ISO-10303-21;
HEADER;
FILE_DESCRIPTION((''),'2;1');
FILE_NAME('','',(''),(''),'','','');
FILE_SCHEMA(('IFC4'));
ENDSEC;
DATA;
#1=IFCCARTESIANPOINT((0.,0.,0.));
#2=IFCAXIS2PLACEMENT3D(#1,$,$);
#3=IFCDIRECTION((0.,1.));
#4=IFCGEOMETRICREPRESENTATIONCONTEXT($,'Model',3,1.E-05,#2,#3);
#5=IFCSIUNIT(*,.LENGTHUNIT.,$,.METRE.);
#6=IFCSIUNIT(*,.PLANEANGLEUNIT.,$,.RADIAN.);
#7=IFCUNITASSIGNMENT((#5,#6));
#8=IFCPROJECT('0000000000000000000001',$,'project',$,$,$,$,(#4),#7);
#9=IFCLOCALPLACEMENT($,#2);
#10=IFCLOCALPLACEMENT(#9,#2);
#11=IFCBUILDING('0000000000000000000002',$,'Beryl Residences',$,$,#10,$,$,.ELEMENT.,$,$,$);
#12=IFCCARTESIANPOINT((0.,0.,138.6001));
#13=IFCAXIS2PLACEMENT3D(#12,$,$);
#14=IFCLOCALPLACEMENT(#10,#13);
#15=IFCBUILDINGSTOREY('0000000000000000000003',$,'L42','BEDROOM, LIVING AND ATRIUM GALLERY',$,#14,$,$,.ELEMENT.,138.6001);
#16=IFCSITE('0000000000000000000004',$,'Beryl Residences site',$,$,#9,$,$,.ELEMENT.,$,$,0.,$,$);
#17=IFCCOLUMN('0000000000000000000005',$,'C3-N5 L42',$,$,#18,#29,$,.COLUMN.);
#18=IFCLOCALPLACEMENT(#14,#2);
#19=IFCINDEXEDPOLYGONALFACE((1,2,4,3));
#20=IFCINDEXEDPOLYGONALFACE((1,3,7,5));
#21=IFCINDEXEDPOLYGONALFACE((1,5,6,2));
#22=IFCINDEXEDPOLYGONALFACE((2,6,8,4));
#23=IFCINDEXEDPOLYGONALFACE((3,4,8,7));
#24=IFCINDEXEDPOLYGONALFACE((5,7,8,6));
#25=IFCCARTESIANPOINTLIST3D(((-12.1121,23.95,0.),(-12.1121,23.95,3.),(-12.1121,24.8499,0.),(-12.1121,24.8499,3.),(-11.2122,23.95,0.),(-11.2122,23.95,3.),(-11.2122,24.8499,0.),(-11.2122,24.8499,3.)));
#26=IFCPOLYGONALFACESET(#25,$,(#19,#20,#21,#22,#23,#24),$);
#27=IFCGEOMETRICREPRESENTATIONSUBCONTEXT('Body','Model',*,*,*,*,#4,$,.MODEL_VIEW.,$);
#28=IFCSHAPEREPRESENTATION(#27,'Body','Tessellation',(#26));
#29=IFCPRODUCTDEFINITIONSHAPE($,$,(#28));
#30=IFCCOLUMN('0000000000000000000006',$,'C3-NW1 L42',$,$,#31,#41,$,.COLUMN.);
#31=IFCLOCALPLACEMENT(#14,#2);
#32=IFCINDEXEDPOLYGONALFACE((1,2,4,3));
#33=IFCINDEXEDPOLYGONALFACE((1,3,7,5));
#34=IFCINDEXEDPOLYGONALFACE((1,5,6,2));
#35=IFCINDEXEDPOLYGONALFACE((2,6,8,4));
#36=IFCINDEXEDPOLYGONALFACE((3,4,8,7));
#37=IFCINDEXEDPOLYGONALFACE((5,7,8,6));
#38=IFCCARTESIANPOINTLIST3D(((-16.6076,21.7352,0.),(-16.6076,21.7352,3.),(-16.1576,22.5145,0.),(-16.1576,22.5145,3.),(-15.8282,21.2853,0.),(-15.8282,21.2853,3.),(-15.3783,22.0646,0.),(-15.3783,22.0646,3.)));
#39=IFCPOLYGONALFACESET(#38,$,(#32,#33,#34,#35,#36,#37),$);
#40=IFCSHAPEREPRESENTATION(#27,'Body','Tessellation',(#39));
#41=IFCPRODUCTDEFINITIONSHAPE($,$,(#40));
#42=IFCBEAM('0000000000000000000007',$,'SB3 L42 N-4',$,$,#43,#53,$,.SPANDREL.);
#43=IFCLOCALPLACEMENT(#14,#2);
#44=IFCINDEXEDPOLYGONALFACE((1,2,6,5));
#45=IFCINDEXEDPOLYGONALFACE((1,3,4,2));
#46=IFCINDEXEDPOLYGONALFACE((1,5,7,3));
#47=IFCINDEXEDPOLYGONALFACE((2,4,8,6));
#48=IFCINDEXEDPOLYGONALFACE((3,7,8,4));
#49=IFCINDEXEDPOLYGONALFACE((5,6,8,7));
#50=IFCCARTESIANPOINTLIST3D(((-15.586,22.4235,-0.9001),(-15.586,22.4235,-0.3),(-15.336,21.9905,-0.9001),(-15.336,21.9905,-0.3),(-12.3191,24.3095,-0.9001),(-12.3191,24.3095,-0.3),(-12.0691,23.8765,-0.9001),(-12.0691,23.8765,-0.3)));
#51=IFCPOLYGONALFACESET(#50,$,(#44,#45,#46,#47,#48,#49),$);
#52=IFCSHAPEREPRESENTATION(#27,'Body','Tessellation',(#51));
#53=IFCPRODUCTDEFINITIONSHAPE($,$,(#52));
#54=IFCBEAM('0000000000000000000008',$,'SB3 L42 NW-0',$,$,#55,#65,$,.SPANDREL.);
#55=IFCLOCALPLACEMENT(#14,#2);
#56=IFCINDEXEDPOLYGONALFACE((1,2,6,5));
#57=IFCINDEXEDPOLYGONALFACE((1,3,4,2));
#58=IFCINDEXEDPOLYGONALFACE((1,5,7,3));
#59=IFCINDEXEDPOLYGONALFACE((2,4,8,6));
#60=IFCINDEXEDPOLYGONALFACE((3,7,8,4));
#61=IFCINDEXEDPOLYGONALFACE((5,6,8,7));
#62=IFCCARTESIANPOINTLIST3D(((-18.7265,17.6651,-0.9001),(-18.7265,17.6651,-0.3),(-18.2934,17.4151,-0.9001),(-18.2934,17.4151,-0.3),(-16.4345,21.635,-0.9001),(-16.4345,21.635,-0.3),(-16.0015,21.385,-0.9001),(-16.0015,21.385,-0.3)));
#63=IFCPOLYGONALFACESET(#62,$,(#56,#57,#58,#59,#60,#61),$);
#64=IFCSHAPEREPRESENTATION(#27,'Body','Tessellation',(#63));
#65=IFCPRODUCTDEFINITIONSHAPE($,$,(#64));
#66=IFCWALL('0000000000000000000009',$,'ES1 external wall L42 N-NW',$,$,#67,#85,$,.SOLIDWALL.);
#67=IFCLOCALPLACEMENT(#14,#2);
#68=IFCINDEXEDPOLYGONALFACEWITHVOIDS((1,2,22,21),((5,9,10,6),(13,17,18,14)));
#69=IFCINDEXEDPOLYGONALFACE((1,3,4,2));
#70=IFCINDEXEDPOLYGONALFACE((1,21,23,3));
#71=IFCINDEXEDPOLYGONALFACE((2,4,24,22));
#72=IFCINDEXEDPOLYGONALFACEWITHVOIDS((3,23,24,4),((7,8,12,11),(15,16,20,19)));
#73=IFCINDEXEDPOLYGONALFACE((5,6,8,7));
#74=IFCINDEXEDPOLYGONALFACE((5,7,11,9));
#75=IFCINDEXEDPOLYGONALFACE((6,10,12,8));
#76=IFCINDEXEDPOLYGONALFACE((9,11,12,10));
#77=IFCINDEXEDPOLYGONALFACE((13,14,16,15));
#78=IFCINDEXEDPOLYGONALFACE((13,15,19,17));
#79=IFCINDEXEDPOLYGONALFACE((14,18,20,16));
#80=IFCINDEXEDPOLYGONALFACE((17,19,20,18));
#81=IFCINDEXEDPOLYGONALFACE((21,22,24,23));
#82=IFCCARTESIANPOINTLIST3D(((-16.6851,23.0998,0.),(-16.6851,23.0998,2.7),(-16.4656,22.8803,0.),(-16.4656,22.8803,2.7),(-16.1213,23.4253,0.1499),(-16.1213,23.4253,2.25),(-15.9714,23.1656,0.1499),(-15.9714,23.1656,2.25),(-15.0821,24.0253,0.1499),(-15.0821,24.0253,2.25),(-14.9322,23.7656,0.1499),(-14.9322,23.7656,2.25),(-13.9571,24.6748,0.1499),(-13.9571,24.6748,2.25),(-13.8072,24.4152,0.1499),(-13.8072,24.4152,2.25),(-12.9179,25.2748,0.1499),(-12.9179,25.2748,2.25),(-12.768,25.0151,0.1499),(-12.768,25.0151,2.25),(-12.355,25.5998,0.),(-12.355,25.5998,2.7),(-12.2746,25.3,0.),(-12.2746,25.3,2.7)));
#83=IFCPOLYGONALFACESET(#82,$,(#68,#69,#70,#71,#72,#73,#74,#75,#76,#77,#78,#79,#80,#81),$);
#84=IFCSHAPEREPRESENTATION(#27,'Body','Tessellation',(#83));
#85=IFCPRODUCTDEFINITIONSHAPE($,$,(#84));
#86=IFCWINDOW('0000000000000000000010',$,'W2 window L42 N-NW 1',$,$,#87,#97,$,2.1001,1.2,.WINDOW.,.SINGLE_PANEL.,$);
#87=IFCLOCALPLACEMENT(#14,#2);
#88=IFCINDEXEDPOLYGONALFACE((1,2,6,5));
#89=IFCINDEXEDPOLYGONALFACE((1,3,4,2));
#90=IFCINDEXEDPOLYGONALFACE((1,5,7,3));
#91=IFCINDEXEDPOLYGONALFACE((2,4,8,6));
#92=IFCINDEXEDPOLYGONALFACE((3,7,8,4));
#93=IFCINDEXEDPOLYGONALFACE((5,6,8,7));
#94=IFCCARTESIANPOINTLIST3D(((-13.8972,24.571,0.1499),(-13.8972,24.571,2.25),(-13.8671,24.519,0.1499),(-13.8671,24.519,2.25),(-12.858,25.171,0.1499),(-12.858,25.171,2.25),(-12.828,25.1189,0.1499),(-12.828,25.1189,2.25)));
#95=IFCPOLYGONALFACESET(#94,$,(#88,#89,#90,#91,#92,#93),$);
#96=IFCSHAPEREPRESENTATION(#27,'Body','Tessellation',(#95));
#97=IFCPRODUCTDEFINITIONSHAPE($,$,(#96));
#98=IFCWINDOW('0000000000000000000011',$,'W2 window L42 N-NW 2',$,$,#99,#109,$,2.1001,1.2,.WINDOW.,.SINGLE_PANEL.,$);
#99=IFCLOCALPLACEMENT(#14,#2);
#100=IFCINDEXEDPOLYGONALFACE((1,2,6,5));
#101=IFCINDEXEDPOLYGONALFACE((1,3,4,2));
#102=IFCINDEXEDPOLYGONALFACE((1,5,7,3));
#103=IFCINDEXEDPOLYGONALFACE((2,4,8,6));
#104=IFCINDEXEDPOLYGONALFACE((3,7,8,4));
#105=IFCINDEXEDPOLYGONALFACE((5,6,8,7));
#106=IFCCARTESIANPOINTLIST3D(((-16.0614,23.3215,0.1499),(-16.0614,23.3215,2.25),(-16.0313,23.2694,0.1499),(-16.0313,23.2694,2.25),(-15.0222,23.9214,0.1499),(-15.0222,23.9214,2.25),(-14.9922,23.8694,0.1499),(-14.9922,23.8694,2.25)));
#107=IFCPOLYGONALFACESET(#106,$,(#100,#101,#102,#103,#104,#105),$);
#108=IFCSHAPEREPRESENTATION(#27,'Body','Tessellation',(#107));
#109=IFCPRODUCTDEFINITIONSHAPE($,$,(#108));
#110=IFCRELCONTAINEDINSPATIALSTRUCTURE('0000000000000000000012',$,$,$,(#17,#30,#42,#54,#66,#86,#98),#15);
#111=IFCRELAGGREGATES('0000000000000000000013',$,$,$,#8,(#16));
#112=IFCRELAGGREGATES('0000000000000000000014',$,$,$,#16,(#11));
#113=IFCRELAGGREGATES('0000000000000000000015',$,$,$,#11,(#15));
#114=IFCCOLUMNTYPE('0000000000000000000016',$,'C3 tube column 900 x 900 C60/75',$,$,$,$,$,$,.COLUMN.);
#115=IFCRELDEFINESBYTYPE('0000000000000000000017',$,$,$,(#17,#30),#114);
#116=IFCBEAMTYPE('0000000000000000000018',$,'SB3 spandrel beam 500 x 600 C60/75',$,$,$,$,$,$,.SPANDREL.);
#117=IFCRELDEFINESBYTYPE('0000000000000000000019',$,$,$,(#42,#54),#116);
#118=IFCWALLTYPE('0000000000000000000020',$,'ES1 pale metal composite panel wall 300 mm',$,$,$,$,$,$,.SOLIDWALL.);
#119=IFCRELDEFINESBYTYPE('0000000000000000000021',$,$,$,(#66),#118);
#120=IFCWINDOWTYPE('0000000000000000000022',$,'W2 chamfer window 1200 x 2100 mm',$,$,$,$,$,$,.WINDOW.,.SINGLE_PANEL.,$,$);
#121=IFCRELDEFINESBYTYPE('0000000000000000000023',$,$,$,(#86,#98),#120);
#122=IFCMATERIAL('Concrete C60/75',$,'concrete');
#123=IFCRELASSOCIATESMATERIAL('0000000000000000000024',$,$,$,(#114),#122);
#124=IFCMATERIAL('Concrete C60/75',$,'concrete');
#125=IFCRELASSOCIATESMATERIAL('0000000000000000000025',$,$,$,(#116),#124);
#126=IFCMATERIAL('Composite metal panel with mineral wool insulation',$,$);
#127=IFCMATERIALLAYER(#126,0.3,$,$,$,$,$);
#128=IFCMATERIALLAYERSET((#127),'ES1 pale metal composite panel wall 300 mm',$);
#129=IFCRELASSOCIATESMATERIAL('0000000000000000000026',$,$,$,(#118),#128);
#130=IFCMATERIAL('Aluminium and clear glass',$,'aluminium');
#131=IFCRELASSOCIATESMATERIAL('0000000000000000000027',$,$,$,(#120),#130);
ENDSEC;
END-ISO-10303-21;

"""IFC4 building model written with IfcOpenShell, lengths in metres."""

from ifc_helpers import new_model, si_unit, direction, frame, frame_2d, origin, origin_2d, place, context, subcontext, project, spatial, polyline, rectangle, outline, extrude, material, layer, layer_set, material_profile, profile_set, type_object, element, fill, save


model = new_model("IFC4")

# Units and contexts
model_context = context("Model", 3, precision=1e-05, world=origin(), true_north=direction((0.0, 1.0)))
body_context = subcontext(model_context, "Body", "Model", "MODEL_VIEW")
ifc_project = project(units=[si_unit("LENGTHUNIT", "METRE"), si_unit("PLANEANGLEUNIT", "RADIAN")], contexts=[model_context])

# Site, building, storey
site_placement = place(None, origin())
site = spatial("IfcSite", under=ifc_project, at=site_placement, Name="Beryl Residences site", CompositionType="ELEMENT", RefElevation=0.0)
building_placement = place(site_placement, origin())
building = spatial("IfcBuilding", under=site, at=building_placement, Name="Beryl Residences", CompositionType="ELEMENT")
storey_placement = place(building_placement, frame((0.0, 0.0, 138.6001)))
storey = spatial("IfcBuildingStorey", under=building, at=storey_placement, Name="L42", Description="BEDROOM, LIVING AND ATRIUM GALLERY", CompositionType="ELEMENT", Elevation=138.6001)

# Columns
ifc_material_1 = material(Name="Concrete C60/75", Category="concrete")
ifc_material_profile_1 = material_profile(ifc_material_1, rectangle(XDim=0.8999, YDim=0.8999, at=origin_2d()))
ifc_profile_set_1 = profile_set([ifc_material_profile_1], Name="Concrete C60/75")
column_type = type_object("IfcColumnType", Name="C3 tube column 900 x 900 C60/75", PredefinedType="COLUMN", material=ifc_profile_set_1)
for number, where, z_axis, x_axis, name in (
    (1, (-11.6621, 24.3999, 0.0), (0.0, 0.0, 1.0), (-1.0, 0.0, 0.0), "C3-N5 L42"),
    (2, (-15.9929, 21.8999, 0.0), (0.0, 0.0, 1.0), (-0.5, -0.866025, 0.0), "C3-NW1 L42"),
):
    element("IfcColumn", number, at=place(storey_placement, frame(where, z_axis=z_axis, x_axis=x_axis)), inside=storey, type_object=column_type, Name=name, PredefinedType="COLUMN", context=body_context, shape_type="SweptSolid", body=[
        extrude(rectangle(XDim=0.8999, YDim=0.8999, at=origin_2d()), origin(), (0.0, 0.0, 1.0), 3.0),
    ])

# Beams
ifc_material_2 = material(Name="Concrete C60/75", Category="concrete")
ifc_material_profile_2 = material_profile(ifc_material_2, rectangle(XDim=0.5, YDim=0.6001, at=origin_2d()))
ifc_profile_set_2 = profile_set([ifc_material_profile_2], Name="Concrete C60/75")
beam_type = type_object("IfcBeamType", Name="SB3 spandrel beam 500 x 600 C60/75", PredefinedType="SPANDREL", material=ifc_profile_set_2)
beam_1_placement = place(storey_placement, frame((-12.1941, 24.093, -0.6001), z_axis=(-0.86604, -0.499975, 0.0), x_axis=(0.499975, -0.86604, 0.0)))
element("IfcBeam", 3, at=beam_1_placement, inside=storey, type_object=beam_type, Name="SB3 L42 N-4", PredefinedType="SPANDREL", context=body_context, shape_type="SweptSolid", body=[
    extrude(rectangle(XDim=0.5, YDim=0.6001, at=origin_2d()), origin(), (0.0, 0.0, 1.0), 3.7722),
])
beam_2_placement = place(storey_placement, frame((-16.218, 21.51, -0.6001), z_axis=(-0.499988, -0.866032, 0.0), x_axis=(0.866032, -0.499988, 0.0)))
element("IfcBeam", 4, at=beam_2_placement, inside=storey, type_object=beam_type, Name="SB3 L42 NW-0", PredefinedType="SPANDREL", context=body_context, shape_type="SweptSolid", body=[
    extrude(rectangle(XDim=0.5, YDim=0.6001, at=origin_2d()), origin(), (0.0, 0.0, 1.0), 4.584),
])

# Wall, openings, windows
ifc_material_3 = material(Name="Composite metal panel with mineral wool insulation")
ifc_layer_1 = layer(ifc_material_3, 0.3)
ifc_layer_set_1 = layer_set([ifc_layer_1], Name="ES1 pale metal composite panel wall 300 mm")
wall_type_1 = type_object("IfcWallType", Name="ES1 pale metal composite panel wall 300 mm", PredefinedType="SOLIDWALL", material=ifc_layer_set_1)
wall_1_placement = place(storey_placement, frame((-12.28, 25.47, 0.0), z_axis=(0.0, 0.0, 1.0), x_axis=(-0.866023, -0.500004, 0.0)))
wall_1 = element("IfcWall", 5, at=wall_1_placement, inside=storey, type_object=wall_type_1, Name="ES1 external wall L42 N-NW", PredefinedType="SOLIDWALL", context=body_context, shape_type="SweptSolid", body=[
    extrude(outline(polyline([(0.0, -0.1499), (5.0, -0.1499), (4.9197, 0.1499), (0.0803, 0.1499), (0.0, -0.1499)])), origin(), (0.0, 0.0, 1.0), 2.7),
])
opening_1_placement = place(wall_1_placement, frame((0.6499, 0.0, 0.1499)))
opening_1 = element("IfcOpeningElement", 6, at=opening_1_placement, cuts=wall_1, PredefinedType="OPENING", context=body_context, shape_type="SweptSolid", body=[
    extrude(rectangle(XDim=1.2, YDim=2.1001, at=frame_2d((0.6001, 1.05))), frame((0.0, 0.1599, 0.0), z_axis=(0.0, -1.0, 0.0), x_axis=(1.0, 0.0, 0.0)), (0.0, 0.0, 1.0), 0.3201),
])
opening_2_placement = place(wall_1_placement, frame((3.1489, 0.0, 0.1499)))
opening_2 = element("IfcOpeningElement", 7, at=opening_2_placement, cuts=wall_1, PredefinedType="OPENING", context=body_context, shape_type="SweptSolid", body=[
    extrude(rectangle(XDim=1.2, YDim=2.1001, at=frame_2d((0.6001, 1.05))), frame((0.0, 0.1599, 0.0), z_axis=(0.0, -1.0, 0.0), x_axis=(1.0, 0.0, 0.0)), (0.0, 0.0, 1.0), 0.3201),
])
ifc_material_4 = material(Name="Aluminium and clear glass", Category="aluminium")
window_type_1 = type_object("IfcWindowType", Name="W2 chamfer window 1200 x 2100 mm", PartitioningType="SINGLE_PANEL", PredefinedType="WINDOW", material=ifc_material_4)
window_1_placement = place(opening_1_placement, origin())
window_1 = element("IfcWindow", 8, at=window_1_placement, inside=storey, type_object=window_type_1, Name="W2 window L42 N-NW 1", OverallHeight=2.1001, OverallWidth=1.2, PartitioningType="SINGLE_PANEL", PredefinedType="WINDOW", context=body_context, shape_type="SweptSolid", body=[
    extrude(rectangle(XDim=1.2, YDim=2.1001, at=frame_2d((0.6001, 1.05))), frame((0.0, 0.03, 0.0), z_axis=(0.0, -1.0, 0.0), x_axis=(1.0, 0.0, 0.0)), (0.0, 0.0, 1.0), 0.0601),
])
fill(opening_1, window_1)
window_2_placement = place(opening_2_placement, origin())
window_2 = element("IfcWindow", 9, at=window_2_placement, inside=storey, type_object=window_type_1, Name="W2 window L42 N-NW 2", OverallHeight=2.1001, OverallWidth=1.2, PartitioningType="SINGLE_PANEL", PredefinedType="WINDOW", context=body_context, shape_type="SweptSolid", body=[
    extrude(rectangle(XDim=1.2, YDim=2.1001, at=frame_2d((0.6001, 1.05))), frame((0.0, 0.03, 0.0), z_axis=(0.0, -1.0, 0.0), x_axis=(1.0, 0.0, 0.0)), (0.0, 0.0, 1.0), 0.0601),
])
fill(opening_2, window_2)

save(model, "model.ifc")
